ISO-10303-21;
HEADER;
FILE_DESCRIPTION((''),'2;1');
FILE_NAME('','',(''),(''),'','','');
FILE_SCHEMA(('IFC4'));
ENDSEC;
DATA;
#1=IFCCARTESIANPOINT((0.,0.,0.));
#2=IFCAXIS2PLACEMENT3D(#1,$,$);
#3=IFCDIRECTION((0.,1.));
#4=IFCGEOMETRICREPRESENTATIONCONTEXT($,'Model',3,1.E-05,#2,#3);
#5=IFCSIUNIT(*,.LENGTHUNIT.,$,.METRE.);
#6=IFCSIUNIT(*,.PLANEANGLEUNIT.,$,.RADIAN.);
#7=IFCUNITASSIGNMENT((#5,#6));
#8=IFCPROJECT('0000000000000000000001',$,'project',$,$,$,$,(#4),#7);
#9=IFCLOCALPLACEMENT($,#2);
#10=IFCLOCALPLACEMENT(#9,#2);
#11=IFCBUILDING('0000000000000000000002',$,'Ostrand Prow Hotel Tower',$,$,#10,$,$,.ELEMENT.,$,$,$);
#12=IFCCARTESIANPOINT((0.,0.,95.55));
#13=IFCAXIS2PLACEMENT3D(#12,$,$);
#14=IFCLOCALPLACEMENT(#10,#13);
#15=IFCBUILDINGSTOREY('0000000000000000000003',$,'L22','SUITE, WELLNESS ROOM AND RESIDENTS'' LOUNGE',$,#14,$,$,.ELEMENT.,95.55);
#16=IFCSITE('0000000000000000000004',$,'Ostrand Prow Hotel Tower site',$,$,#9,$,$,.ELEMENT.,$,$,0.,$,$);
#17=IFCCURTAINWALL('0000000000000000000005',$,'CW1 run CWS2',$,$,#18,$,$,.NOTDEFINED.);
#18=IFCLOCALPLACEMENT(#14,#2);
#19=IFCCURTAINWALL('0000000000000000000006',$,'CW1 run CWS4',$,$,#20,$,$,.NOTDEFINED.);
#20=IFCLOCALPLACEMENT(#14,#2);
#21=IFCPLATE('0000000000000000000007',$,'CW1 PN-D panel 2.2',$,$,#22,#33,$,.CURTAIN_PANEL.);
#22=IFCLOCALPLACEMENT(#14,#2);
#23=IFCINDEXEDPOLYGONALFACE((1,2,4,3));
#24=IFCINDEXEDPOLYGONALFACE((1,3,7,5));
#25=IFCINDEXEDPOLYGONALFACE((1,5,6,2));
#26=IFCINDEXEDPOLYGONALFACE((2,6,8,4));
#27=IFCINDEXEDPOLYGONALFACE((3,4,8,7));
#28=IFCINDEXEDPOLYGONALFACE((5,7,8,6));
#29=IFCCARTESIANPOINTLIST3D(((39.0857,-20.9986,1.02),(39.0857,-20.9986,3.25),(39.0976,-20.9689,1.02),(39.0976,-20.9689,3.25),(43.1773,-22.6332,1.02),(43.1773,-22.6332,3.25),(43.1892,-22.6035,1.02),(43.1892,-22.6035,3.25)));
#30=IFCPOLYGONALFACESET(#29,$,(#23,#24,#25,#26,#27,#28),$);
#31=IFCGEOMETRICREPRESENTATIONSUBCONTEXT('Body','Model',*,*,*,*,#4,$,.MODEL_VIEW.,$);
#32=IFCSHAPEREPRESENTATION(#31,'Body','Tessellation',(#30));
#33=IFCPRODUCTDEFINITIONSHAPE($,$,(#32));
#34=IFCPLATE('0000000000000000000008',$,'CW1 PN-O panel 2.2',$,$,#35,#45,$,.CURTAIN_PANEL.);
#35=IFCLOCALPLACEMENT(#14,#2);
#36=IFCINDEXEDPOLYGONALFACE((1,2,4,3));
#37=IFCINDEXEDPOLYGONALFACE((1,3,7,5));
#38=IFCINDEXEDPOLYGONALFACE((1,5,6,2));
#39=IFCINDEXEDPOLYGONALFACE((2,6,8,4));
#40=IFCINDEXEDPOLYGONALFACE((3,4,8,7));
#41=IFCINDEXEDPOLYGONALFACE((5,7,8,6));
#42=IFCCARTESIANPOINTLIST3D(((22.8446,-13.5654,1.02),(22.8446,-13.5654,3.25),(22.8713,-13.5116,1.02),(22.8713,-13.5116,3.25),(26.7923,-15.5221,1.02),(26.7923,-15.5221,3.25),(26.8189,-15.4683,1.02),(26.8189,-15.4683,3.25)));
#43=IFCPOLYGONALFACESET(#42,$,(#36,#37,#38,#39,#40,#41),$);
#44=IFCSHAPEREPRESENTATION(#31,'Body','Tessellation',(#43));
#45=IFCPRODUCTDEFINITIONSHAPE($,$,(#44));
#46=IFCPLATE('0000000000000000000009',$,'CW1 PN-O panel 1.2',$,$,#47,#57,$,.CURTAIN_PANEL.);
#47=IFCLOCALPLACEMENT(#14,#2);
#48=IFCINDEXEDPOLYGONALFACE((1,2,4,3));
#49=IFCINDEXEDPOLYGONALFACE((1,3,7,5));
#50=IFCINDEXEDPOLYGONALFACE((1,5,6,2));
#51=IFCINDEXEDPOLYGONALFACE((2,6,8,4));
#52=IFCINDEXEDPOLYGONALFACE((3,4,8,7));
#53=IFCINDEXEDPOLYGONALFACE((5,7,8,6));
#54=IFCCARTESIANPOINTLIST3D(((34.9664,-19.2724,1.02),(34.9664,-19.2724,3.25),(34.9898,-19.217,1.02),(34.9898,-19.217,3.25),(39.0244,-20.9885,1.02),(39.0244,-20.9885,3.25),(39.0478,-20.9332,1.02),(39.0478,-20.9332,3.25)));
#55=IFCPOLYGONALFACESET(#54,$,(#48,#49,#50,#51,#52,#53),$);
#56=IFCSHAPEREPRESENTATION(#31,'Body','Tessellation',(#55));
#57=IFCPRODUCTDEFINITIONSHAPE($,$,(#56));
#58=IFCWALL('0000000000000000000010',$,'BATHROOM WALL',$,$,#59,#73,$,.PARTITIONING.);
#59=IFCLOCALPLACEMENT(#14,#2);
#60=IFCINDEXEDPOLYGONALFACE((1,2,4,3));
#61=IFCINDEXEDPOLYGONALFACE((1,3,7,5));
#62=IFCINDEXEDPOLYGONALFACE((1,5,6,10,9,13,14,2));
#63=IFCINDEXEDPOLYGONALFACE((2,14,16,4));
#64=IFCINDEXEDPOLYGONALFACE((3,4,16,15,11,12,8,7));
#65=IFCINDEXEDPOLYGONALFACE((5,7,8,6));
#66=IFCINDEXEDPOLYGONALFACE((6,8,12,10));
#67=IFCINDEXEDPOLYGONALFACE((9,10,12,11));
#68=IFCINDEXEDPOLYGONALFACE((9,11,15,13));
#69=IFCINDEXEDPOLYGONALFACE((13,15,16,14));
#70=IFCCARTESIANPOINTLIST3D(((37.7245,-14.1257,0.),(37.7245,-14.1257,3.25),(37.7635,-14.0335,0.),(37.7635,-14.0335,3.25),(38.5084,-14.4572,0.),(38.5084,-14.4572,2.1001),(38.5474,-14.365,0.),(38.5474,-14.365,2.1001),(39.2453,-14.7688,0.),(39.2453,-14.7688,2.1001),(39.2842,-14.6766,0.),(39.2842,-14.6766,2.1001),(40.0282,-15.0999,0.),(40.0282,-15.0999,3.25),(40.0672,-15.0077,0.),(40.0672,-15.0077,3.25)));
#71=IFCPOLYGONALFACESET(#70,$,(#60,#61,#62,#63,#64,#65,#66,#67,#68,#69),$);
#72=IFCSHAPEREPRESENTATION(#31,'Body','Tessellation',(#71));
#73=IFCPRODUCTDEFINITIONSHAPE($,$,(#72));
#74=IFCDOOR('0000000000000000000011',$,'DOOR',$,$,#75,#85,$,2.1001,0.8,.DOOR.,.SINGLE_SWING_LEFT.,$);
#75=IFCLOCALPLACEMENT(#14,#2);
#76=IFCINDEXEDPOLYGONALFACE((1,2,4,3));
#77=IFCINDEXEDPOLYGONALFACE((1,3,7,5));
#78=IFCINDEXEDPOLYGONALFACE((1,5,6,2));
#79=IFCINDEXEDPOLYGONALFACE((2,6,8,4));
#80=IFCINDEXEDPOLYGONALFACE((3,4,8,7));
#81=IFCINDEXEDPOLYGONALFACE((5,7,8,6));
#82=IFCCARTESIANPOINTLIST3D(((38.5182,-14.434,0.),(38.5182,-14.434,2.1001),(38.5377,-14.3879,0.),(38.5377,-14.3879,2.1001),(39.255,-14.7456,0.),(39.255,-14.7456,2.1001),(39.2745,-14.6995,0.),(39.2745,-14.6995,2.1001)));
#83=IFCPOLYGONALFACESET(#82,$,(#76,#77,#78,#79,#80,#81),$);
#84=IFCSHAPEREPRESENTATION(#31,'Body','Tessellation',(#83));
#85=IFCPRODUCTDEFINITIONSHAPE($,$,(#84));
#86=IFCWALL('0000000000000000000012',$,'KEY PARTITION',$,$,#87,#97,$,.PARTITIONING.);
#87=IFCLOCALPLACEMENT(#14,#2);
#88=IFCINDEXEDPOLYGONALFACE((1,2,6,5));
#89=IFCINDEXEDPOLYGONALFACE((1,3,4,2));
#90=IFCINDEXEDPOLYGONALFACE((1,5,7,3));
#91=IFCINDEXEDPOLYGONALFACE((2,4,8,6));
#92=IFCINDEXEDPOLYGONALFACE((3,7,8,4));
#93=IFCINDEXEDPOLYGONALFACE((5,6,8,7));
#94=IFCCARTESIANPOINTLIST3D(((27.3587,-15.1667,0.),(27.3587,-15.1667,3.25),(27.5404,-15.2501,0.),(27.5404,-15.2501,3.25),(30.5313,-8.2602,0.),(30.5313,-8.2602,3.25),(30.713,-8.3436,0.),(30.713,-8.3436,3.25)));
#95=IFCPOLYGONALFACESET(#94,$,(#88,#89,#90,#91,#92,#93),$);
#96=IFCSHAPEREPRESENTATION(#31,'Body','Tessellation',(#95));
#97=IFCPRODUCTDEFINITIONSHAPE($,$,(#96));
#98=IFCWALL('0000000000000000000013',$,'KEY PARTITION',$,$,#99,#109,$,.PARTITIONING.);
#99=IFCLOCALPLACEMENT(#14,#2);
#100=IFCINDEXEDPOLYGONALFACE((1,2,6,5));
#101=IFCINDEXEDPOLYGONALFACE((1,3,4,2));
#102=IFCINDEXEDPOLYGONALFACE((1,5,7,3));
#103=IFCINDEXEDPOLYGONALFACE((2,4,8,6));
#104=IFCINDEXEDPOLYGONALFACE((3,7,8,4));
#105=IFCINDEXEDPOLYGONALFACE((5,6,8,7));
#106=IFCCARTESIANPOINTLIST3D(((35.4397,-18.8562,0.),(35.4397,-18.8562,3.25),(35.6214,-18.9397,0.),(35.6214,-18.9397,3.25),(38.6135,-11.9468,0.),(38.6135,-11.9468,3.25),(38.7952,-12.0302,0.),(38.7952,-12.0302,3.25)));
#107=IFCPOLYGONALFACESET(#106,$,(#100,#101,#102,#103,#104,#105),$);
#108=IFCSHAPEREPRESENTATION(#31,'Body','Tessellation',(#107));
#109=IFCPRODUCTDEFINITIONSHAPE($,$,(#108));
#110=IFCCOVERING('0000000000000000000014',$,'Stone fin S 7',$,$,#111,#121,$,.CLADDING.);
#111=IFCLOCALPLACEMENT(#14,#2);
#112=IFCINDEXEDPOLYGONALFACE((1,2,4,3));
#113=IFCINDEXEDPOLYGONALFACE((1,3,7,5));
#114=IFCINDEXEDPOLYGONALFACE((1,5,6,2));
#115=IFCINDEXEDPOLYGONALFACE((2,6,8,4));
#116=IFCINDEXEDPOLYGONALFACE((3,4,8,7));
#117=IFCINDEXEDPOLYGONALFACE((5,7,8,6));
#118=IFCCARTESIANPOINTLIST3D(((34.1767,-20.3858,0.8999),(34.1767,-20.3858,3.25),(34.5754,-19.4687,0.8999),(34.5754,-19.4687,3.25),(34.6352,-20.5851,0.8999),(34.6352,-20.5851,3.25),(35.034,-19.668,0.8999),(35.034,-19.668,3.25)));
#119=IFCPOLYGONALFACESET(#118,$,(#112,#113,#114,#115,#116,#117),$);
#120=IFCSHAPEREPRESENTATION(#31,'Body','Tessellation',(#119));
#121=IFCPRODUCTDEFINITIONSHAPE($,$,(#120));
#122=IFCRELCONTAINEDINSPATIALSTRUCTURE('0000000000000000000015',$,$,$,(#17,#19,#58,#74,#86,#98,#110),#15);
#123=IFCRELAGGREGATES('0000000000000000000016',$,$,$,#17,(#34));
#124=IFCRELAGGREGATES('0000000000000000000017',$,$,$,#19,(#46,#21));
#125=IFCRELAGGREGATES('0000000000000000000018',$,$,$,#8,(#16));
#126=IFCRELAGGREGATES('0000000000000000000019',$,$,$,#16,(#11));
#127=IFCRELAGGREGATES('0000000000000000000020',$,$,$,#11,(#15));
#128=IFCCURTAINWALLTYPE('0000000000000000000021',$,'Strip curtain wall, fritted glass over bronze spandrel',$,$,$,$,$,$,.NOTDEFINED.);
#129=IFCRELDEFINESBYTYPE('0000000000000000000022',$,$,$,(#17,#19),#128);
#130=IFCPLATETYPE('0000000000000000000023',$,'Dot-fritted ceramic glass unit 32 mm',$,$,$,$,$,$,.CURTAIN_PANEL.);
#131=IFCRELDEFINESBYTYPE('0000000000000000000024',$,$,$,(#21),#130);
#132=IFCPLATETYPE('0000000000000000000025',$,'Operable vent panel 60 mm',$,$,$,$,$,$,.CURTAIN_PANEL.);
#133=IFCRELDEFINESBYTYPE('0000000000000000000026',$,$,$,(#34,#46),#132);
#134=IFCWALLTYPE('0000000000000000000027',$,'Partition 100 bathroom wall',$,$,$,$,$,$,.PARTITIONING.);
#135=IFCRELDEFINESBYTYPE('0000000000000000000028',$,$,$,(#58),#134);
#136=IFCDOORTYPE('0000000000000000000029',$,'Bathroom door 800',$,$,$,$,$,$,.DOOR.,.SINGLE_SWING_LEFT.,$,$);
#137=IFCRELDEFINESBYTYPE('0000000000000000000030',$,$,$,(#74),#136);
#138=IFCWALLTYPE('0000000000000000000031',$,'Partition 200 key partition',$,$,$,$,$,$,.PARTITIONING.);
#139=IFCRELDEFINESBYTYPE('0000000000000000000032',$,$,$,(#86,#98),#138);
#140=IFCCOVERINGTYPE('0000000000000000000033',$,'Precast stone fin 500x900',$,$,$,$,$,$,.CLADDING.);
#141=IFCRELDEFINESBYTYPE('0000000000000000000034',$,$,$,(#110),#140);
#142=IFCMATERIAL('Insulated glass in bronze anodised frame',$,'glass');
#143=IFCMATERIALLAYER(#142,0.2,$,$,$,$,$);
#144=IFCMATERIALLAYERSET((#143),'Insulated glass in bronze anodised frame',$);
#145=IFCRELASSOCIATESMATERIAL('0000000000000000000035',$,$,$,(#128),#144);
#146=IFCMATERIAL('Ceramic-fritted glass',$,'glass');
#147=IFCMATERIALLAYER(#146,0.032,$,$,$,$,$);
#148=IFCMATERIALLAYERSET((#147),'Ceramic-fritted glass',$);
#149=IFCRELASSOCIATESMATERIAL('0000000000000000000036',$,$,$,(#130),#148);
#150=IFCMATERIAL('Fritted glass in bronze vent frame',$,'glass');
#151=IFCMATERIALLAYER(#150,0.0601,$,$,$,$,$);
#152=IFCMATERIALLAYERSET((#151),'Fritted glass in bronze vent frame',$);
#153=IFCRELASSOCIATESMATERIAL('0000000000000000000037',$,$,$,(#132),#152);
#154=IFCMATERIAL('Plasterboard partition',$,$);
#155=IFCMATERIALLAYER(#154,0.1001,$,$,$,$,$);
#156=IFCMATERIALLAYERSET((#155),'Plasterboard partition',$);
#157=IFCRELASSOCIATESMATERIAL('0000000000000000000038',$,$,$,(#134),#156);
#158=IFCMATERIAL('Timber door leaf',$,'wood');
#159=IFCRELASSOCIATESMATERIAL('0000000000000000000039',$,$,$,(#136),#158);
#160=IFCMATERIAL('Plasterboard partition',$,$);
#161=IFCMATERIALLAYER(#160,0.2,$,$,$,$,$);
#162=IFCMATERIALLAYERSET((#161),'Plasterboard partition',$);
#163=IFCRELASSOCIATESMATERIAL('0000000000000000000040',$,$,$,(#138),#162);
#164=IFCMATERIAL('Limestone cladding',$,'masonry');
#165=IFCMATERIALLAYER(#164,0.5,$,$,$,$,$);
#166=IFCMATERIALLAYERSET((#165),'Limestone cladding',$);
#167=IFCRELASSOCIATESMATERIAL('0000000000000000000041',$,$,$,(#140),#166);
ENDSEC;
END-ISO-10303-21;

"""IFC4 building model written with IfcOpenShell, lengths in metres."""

from ifc_helpers import new_model, si_unit, direction, frame, frame_2d, origin, origin_2d, place, context, subcontext, project, spatial, rectangle, extrude, material, layer, layer_set, type_object, element, fill, aggregate, save


model = new_model("IFC4")

# Units and contexts
model_context = context("Model", 3, precision=1e-05, world=origin(), true_north=direction((0.0, 1.0)))
body_context = subcontext(model_context, "Body", "Model", "MODEL_VIEW")
ifc_project = project(units=[si_unit("LENGTHUNIT", "METRE"), si_unit("PLANEANGLEUNIT", "RADIAN")], contexts=[model_context])

# Site, building, storey
site_placement = place(None, origin())
site = spatial("IfcSite", under=ifc_project, at=site_placement, Name="Ostrand Prow Hotel Tower site", CompositionType="ELEMENT", RefElevation=0.0)
building_placement = place(site_placement, origin())
building = spatial("IfcBuilding", under=site, at=building_placement, Name="Ostrand Prow Hotel Tower", CompositionType="ELEMENT")
storey_placement = place(building_placement, frame((0.0, 0.0, 95.55)))
storey = spatial("IfcBuildingStorey", under=building, at=storey_placement, Name="L22", Description="SUITE, WELLNESS ROOM AND RESIDENTS' LOUNGE", CompositionType="ELEMENT", Elevation=95.55)

# Curtain wall
ifc_material_1 = material(Name="Insulated glass in bronze anodised frame", Category="glass")
ifc_layer_1 = layer(ifc_material_1, 0.2)
ifc_layer_set_1 = layer_set([ifc_layer_1], Name="Insulated glass in bronze anodised frame")
curtain_wall_type = type_object("IfcCurtainWallType", Name="Strip curtain wall, fritted glass over bronze spandrel", PredefinedType="NOTDEFINED", material=ifc_layer_set_1)
curtain_wall_1_placement = place(storey_placement, origin())
curtain_wall_1 = element("IfcCurtainWall", 1, at=curtain_wall_1_placement, inside=storey, type_object=curtain_wall_type, Name="CW1 run CWS2", PredefinedType="NOTDEFINED")

# Curtain wall
curtain_wall_2_placement = place(storey_placement, origin())
curtain_wall_2 = element("IfcCurtainWall", 2, at=curtain_wall_2_placement, inside=storey, type_object=curtain_wall_type, Name="CW1 run CWS4", PredefinedType="NOTDEFINED")

# Plates
ifc_material_2 = material(Name="Ceramic-fritted glass", Category="glass")
ifc_layer_2 = layer(ifc_material_2, 0.032)
ifc_layer_set_2 = layer_set([ifc_layer_2], Name="Ceramic-fritted glass")
plate_type_1 = type_object("IfcPlateType", Name="Dot-fritted ceramic glass unit 32 mm", PredefinedType="CURTAIN_PANEL", material=ifc_layer_set_2)
plate_1_placement = place(storey_placement, frame((41.1375, -21.801, 1.02), z_axis=(0.0, 0.0, 1.0), x_axis=(0.92864, -0.370982, 0.0)))
plate_1 = element("IfcPlate", 3, at=plate_1_placement, type_object=plate_type_1, Name="CW1 PN-D panel 2.2", PredefinedType="CURTAIN_PANEL", context=body_context, shape_type="SweptSolid", body=[
    extrude(rectangle(XDim=4.406, YDim=0.032, at=origin_2d()), origin(), (0.0, 0.0, 1.0), 2.23),
])
ifc_material_3 = material(Name="Fritted glass in bronze vent frame", Category="glass")
ifc_layer_3 = layer(ifc_material_3, 0.0601)
ifc_layer_set_3 = layer_set([ifc_layer_3], Name="Fritted glass in bronze vent frame")
plate_type_2 = type_object("IfcPlateType", Name="Operable vent panel 60 mm", PredefinedType="CURTAIN_PANEL", material=ifc_layer_set_3)
plate_2_placement = place(storey_placement, frame((24.8318, -14.5168, 1.02), z_axis=(0.0, 0.0, 1.0), x_axis=(0.895971, -0.444113, 0.0)))
plate_2 = element("IfcPlate", 4, at=plate_2_placement, type_object=plate_type_2, Name="CW1 PN-O panel 2.2", PredefinedType="CURTAIN_PANEL", context=body_context, shape_type="SweptSolid", body=[
    extrude(rectangle(XDim=4.406, YDim=0.0601, at=origin_2d()), origin(), (0.0, 0.0, 1.0), 2.23),
])
aggregate(curtain_wall_1, [plate_2])
plate_3_placement = place(storey_placement, frame((37.0071, -20.1028, 1.02), z_axis=(0.0, 0.0, 1.0), x_axis=(0.921024, -0.389507, 0.0)))
plate_3 = element("IfcPlate", 5, at=plate_3_placement, type_object=plate_type_2, Name="CW1 PN-O panel 1.2", PredefinedType="CURTAIN_PANEL", context=body_context, shape_type="SweptSolid", body=[
    extrude(rectangle(XDim=4.406, YDim=0.0601, at=origin_2d()), origin(), (0.0, 0.0, 1.0), 2.23),
])
aggregate(curtain_wall_2, [plate_3, plate_1])

# Wall, opening, door
ifc_material_4 = material(Name="Plasterboard partition")
ifc_layer_4 = layer(ifc_material_4, 0.1001)
ifc_layer_set_4 = layer_set([ifc_layer_4], Name="Plasterboard partition")
wall_type_1 = type_object("IfcWallType", Name="Partition 100 bathroom wall", PredefinedType="PARTITIONING", material=ifc_layer_set_4)
wall_1_placement = place(storey_placement, frame((40.0476, -15.0537, 0.0), z_axis=(0.0, 0.0, 1.0), x_axis=(-0.921043, 0.389462, 0.0)))
wall_1 = element("IfcWall", 6, at=wall_1_placement, inside=storey, type_object=wall_type_1, Name="BATHROOM WALL", PredefinedType="PARTITIONING", context=body_context, shape_type="SweptSolid", body=[
    extrude(rectangle(XDim=2.5012, YDim=0.1001, at=frame_2d((1.2505, 0.0))), origin(), (0.0, 0.0, 1.0), 3.25),
])
opening_placement = place(wall_1_placement, frame((0.8501, 0.0, 0.0)))
opening = element("IfcOpeningElement", 7, at=opening_placement, cuts=wall_1, PredefinedType="OPENING", context=body_context, shape_type="SweptSolid", body=[
    extrude(rectangle(XDim=0.8, YDim=2.1001, at=frame_2d((0.3999, 1.05))), frame((0.0, 0.0601, 0.0), z_axis=(0.0, -1.0, 0.0), x_axis=(1.0, 0.0, 0.0)), (0.0, 0.0, 1.0), 0.1201),
])
ifc_material_5 = material(Name="Timber door leaf", Category="wood")
door_type = type_object("IfcDoorType", Name="Bathroom door 800", OperationType="SINGLE_SWING_LEFT", PredefinedType="DOOR", material=ifc_material_5)
door_placement = place(opening_placement, origin())
door = element("IfcDoor", 8, at=door_placement, inside=storey, type_object=door_type, Name="DOOR", OperationType="SINGLE_SWING_LEFT", OverallHeight=2.1001, OverallWidth=0.8, PredefinedType="DOOR", context=body_context, shape_type="SweptSolid", body=[
    extrude(rectangle(XDim=0.8, YDim=2.1001, at=frame_2d((0.3999, 1.05))), frame((0.0, 0.0249, 0.0), z_axis=(0.0, -1.0, 0.0), x_axis=(1.0, 0.0, 0.0)), (0.0, 0.0, 1.0), 0.05),
])
fill(opening, door)

# Walls
ifc_material_6 = material(Name="Plasterboard partition")
ifc_layer_5 = layer(ifc_material_6, 0.2)
ifc_layer_set_5 = layer_set([ifc_layer_5], Name="Plasterboard partition")
wall_type_2 = type_object("IfcWallType", Name="Partition 200 key partition", PredefinedType="PARTITIONING", material=ifc_layer_set_5)
wall_2_placement = place(storey_placement, frame((27.4495, -15.2085, 0.0), z_axis=(0.0, 0.0, 1.0), x_axis=(0.41743, 0.908709, 0.0)))
element("IfcWall", 9, at=wall_2_placement, inside=storey, type_object=wall_type_2, Name="KEY PARTITION", PredefinedType="PARTITIONING", context=body_context, shape_type="SweptSolid", body=[
    extrude(rectangle(XDim=7.6003, YDim=0.2, at=frame_2d((3.8003, 0.0))), origin(), (0.0, 0.0, 1.0), 3.25),
])
wall_3_placement = place(storey_placement, frame((35.5305, -18.8979, 0.0), z_axis=(0.0, 0.0, 1.0), x_axis=(0.417416, 0.908715, 0.0)))
element("IfcWall", 10, at=wall_3_placement, inside=storey, type_object=wall_type_2, Name="KEY PARTITION", PredefinedType="PARTITIONING", context=body_context, shape_type="SweptSolid", body=[
    extrude(rectangle(XDim=7.6035, YDim=0.2, at=frame_2d((3.8018, 0.0))), origin(), (0.0, 0.0, 1.0), 3.25),
])

# Covering
ifc_material_7 = material(Name="Limestone cladding", Category="masonry")
ifc_layer_6 = layer(ifc_material_7, 0.5)
ifc_layer_set_6 = layer_set([ifc_layer_6], Name="Limestone cladding")
covering_type = type_object("IfcCoveringType", Name="Precast stone fin 500x900", PredefinedType="CLADDING", material=ifc_layer_set_6)
covering_placement = place(storey_placement, frame((34.8047, -19.5684, 0.8999), z_axis=(0.0, 0.0, 1.0), x_axis=(-0.398717, -0.917074, 0.0)))
element("IfcCovering", 11, at=covering_placement, inside=storey, type_object=covering_type, Name="Stone fin S 7", PredefinedType="CLADDING", context=body_context, shape_type="SweptSolid", body=[
    extrude(rectangle(XDim=1.0, YDim=0.5, at=frame_2d((0.5, 0.0))), origin(), (0.0, 0.0, 1.0), 2.3501),
])

save(model, "model.ifc")
